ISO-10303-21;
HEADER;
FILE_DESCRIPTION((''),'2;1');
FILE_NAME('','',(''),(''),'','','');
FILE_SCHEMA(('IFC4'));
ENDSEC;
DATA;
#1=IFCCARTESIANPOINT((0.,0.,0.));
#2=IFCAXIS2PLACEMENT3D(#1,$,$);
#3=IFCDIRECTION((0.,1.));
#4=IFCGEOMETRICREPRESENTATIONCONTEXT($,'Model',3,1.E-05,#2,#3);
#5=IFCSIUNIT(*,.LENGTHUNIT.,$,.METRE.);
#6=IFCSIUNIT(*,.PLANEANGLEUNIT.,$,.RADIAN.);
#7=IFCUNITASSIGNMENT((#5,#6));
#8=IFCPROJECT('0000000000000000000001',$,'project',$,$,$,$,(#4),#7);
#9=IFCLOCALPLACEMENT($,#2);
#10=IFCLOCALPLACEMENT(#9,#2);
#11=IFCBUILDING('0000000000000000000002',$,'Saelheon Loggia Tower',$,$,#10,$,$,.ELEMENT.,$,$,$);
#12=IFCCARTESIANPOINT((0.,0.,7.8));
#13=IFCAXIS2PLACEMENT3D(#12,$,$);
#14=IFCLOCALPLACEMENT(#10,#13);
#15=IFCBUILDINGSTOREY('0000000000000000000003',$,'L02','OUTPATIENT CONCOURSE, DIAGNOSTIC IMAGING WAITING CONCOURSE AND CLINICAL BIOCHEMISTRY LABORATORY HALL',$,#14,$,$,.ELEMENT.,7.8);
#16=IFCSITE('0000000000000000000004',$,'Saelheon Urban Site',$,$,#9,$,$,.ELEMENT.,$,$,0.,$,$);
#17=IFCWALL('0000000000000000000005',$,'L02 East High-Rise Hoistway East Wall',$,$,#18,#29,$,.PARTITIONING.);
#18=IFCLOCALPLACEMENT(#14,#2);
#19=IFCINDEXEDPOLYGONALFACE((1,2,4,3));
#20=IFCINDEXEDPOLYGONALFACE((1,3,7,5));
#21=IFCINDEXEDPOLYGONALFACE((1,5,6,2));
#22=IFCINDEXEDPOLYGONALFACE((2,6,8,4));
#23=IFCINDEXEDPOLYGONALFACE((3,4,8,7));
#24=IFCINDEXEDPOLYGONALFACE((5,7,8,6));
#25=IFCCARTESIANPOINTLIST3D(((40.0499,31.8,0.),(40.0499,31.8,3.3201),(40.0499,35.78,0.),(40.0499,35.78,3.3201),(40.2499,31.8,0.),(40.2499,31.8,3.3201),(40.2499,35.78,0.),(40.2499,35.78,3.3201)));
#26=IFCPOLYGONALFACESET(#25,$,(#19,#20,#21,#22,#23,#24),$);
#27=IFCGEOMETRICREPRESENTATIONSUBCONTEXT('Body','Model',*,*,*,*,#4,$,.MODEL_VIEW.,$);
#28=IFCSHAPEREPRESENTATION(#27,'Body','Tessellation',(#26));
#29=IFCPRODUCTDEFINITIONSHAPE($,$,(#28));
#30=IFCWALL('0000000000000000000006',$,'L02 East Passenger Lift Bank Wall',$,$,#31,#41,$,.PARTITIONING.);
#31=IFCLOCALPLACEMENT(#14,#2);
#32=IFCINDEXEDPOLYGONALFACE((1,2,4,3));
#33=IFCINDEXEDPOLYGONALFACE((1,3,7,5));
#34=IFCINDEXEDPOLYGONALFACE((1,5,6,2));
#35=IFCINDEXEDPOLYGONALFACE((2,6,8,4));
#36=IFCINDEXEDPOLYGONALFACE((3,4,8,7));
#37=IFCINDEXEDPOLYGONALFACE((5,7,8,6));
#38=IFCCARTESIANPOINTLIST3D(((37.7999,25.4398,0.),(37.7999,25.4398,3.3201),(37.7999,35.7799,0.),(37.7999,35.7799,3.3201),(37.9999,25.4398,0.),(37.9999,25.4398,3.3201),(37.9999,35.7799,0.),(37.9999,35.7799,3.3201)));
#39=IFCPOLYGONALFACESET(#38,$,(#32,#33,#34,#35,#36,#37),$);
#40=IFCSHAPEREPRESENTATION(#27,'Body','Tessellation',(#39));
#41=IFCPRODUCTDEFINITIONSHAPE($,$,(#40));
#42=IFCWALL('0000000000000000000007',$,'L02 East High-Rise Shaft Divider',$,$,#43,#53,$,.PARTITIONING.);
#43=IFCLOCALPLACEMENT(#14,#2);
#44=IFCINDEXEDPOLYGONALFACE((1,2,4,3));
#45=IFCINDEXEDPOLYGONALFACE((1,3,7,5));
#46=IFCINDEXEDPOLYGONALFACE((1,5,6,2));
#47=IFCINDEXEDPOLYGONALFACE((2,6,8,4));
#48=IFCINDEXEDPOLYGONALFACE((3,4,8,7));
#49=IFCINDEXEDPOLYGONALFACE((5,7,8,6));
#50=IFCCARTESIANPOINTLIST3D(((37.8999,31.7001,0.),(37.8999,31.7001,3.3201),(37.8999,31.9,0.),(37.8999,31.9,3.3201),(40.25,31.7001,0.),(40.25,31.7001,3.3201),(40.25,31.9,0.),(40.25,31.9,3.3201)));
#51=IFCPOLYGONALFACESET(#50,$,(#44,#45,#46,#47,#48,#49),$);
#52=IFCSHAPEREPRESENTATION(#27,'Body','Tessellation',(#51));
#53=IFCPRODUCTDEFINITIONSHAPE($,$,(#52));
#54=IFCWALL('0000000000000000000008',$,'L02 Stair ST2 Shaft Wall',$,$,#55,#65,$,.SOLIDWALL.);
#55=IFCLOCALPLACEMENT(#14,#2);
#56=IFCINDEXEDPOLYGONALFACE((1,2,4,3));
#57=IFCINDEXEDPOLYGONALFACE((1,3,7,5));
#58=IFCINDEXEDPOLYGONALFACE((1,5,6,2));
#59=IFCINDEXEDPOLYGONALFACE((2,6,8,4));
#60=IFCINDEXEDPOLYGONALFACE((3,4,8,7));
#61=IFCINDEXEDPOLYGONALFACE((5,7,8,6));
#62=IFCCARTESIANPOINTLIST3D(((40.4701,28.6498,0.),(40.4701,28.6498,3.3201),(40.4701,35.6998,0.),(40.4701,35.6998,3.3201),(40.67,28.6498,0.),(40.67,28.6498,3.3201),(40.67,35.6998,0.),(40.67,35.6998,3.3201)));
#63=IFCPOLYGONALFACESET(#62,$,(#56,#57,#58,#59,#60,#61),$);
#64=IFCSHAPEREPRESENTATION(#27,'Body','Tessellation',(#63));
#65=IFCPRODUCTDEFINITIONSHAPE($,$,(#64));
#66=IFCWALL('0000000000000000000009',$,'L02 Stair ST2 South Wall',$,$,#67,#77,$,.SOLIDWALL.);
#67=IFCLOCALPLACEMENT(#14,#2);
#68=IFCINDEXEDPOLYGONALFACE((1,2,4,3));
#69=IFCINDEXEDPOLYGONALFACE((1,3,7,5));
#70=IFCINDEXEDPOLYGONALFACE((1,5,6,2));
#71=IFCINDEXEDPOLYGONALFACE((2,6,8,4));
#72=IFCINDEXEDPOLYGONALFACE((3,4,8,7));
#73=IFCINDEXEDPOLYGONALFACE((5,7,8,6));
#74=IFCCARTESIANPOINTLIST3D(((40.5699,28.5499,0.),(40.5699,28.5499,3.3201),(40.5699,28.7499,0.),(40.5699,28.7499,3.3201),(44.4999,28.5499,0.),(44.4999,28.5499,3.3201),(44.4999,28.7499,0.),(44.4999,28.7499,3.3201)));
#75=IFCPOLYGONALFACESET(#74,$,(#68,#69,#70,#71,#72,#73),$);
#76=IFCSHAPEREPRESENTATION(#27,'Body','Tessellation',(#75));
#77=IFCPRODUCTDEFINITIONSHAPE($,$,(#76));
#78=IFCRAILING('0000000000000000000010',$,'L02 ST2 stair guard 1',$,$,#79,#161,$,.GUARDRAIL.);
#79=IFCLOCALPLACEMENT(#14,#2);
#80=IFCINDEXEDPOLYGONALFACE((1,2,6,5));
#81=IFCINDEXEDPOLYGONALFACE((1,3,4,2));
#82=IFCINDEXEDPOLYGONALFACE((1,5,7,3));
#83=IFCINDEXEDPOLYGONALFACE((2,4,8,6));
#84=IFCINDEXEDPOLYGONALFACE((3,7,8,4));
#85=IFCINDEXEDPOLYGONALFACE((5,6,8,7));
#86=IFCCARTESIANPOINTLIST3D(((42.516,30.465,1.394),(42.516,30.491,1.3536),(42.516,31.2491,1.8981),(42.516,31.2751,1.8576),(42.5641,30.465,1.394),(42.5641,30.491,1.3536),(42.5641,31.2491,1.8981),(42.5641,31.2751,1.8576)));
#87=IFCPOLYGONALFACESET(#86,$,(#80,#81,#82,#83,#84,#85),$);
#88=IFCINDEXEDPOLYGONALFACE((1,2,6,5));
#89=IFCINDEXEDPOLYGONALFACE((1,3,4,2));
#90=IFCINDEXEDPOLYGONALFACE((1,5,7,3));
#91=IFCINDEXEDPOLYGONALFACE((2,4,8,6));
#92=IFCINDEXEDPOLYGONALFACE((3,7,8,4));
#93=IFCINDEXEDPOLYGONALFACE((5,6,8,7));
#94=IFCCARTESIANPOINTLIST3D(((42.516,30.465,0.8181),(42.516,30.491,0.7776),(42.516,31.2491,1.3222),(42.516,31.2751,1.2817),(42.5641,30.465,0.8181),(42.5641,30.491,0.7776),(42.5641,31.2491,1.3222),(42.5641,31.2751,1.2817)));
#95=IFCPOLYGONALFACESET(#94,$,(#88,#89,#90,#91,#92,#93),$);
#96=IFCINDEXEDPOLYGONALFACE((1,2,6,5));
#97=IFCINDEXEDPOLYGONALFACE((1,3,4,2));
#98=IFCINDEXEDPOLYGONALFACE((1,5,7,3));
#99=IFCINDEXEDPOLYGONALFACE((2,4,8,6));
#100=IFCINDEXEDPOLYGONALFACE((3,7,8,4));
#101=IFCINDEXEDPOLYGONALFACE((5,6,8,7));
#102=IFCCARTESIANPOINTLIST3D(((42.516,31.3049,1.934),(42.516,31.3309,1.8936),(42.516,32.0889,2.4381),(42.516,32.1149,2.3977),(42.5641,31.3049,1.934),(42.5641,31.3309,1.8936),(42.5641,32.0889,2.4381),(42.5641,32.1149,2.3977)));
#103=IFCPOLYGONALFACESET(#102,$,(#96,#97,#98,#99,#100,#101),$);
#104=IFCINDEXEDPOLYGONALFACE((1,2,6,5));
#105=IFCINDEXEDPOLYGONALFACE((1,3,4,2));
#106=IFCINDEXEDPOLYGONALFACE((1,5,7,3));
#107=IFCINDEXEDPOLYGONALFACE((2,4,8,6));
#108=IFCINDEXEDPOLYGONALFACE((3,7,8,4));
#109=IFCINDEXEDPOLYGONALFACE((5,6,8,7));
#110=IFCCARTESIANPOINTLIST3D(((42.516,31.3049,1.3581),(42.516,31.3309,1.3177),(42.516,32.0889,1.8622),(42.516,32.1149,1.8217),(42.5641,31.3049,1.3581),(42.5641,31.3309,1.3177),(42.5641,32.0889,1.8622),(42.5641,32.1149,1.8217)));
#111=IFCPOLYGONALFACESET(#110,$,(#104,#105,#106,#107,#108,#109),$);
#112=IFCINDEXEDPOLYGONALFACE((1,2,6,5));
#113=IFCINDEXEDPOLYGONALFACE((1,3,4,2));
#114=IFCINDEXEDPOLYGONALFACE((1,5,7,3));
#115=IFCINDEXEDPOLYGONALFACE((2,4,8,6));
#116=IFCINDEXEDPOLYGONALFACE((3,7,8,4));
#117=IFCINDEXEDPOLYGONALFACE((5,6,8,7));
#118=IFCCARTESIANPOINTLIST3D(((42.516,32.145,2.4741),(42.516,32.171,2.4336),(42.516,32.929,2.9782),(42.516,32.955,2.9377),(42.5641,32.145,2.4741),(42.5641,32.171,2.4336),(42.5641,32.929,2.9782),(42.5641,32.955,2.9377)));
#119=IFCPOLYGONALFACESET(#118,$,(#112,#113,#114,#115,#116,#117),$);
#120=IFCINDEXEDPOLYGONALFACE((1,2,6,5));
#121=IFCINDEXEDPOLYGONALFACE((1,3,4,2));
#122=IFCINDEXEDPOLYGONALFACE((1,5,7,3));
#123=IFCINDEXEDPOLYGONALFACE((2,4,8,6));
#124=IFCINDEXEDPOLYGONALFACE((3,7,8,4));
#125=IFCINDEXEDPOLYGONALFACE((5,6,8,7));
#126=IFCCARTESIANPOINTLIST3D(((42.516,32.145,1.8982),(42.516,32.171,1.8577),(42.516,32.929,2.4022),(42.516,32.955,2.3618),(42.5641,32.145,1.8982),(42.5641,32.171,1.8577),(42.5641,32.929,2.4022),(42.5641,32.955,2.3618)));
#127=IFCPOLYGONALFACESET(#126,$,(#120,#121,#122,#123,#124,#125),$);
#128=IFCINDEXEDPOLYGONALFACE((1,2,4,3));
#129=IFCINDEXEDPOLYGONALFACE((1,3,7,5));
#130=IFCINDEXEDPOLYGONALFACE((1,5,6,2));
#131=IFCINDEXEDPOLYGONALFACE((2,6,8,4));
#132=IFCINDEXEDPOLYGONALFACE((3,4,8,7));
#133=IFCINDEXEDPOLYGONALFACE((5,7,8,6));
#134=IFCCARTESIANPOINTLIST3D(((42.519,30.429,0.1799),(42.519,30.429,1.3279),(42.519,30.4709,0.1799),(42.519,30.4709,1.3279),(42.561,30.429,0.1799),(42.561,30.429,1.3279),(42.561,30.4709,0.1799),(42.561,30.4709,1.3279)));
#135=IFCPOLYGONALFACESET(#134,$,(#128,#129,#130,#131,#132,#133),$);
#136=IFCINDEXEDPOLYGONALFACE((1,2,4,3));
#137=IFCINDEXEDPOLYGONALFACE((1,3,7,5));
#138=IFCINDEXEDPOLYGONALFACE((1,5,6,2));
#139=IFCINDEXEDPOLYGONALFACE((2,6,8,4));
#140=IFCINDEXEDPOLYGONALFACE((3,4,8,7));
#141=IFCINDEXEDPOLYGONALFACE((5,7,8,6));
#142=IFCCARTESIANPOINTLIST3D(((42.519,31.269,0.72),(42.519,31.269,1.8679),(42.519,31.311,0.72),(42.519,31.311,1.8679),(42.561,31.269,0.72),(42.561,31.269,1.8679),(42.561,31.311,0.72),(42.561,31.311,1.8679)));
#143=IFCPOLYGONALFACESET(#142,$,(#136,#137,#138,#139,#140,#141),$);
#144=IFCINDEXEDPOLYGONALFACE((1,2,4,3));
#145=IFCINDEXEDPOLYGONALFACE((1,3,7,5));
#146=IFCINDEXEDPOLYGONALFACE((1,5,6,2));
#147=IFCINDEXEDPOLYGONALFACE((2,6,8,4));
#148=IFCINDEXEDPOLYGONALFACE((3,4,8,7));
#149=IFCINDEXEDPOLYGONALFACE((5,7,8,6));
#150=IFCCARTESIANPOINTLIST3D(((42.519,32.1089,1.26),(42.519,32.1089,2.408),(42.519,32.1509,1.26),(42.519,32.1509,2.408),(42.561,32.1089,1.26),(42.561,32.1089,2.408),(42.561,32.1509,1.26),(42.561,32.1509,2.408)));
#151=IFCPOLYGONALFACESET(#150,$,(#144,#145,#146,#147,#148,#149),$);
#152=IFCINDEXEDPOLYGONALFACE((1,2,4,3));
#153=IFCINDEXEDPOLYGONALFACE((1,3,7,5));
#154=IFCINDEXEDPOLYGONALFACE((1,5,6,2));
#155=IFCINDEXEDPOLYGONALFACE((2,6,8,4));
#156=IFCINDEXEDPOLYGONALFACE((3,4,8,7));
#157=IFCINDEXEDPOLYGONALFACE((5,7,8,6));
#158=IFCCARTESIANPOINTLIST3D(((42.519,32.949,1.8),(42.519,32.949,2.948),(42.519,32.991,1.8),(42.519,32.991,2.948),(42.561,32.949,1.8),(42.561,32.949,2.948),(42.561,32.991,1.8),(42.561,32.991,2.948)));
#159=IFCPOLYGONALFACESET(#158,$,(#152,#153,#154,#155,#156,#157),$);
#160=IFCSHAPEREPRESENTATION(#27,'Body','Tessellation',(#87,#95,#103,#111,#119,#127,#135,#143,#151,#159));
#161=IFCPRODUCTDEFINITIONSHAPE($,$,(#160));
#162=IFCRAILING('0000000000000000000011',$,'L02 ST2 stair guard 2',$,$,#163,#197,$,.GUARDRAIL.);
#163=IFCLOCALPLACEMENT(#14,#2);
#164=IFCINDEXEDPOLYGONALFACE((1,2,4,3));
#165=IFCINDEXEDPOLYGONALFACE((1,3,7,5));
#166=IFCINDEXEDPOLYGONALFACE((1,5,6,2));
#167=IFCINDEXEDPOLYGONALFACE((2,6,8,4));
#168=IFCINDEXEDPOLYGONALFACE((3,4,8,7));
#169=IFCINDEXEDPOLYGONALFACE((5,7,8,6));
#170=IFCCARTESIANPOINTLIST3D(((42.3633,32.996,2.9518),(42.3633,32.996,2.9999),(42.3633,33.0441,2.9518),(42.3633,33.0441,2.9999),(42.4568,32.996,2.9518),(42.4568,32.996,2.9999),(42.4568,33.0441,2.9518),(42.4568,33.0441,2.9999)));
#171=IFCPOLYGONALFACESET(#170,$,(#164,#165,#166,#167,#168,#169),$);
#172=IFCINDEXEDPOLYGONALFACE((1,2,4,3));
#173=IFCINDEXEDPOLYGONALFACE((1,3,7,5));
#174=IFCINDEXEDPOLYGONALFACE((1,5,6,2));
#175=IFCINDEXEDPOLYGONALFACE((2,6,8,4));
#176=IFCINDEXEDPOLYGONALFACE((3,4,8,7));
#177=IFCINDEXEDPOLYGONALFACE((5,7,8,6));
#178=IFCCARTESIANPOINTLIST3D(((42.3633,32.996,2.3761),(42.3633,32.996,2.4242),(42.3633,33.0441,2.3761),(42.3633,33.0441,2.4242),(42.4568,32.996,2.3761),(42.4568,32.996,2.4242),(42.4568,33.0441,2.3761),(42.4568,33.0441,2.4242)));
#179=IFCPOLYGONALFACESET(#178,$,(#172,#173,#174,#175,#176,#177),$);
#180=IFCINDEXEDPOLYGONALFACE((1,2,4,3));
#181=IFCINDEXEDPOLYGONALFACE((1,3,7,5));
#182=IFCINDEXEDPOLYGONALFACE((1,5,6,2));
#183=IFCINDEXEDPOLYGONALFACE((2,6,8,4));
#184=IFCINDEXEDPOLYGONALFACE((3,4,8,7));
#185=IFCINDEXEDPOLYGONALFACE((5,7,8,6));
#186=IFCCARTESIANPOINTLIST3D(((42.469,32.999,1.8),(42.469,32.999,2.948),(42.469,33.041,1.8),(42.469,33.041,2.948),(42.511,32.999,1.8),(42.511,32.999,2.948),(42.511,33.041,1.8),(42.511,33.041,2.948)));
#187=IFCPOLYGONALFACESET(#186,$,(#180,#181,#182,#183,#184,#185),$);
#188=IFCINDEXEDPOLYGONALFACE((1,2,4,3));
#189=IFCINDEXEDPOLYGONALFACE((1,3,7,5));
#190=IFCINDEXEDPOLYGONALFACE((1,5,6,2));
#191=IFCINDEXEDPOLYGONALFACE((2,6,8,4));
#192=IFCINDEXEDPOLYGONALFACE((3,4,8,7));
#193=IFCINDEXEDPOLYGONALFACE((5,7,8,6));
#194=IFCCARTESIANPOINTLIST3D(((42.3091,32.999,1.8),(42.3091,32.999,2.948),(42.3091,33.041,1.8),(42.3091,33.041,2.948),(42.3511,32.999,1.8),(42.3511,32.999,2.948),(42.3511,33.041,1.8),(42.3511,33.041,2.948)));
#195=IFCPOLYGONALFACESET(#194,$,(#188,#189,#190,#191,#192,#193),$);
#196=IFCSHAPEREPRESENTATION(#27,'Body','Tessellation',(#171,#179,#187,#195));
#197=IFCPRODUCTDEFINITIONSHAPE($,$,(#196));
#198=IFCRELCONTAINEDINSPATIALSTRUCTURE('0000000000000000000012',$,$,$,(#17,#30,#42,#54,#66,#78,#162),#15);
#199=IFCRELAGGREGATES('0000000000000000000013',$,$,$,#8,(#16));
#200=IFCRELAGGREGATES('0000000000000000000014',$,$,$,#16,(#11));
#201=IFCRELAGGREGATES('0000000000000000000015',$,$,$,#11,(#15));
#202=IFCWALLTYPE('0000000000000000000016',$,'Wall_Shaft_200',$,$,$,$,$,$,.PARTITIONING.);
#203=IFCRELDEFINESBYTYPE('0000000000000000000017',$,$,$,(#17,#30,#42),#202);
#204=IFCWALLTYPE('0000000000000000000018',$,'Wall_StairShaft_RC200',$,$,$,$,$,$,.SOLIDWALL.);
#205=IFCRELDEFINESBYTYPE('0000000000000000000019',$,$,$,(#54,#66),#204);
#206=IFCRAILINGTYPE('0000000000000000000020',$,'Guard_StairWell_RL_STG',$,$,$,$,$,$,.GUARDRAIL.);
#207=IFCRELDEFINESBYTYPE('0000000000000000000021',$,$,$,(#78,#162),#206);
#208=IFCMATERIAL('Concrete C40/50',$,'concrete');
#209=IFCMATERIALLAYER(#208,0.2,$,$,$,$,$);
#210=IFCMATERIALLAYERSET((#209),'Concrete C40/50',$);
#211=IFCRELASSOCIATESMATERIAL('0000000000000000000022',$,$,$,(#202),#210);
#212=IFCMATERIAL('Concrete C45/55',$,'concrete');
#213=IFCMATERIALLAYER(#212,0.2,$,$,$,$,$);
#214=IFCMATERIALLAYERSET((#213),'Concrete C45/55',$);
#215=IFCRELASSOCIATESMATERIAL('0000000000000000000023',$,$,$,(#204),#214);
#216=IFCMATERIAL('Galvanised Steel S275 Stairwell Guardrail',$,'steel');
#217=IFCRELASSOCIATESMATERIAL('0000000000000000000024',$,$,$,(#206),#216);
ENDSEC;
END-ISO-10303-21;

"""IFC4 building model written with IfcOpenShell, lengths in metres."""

from ifc_helpers import new_model, si_unit, direction, frame, frame_2d, origin, origin_2d, place, context, subcontext, project, spatial, rectangle, extrude, material, layer, layer_set, type_object, element, save


model = new_model("IFC4")

# Units and contexts
model_context = context("Model", 3, precision=1e-05, world=origin(), true_north=direction((0.0, 1.0)))
body_context = subcontext(model_context, "Body", "Model", "MODEL_VIEW")
ifc_project = project(units=[si_unit("LENGTHUNIT", "METRE"), si_unit("PLANEANGLEUNIT", "RADIAN")], contexts=[model_context])

# Site, building, storey
site_placement = place(None, origin())
site = spatial("IfcSite", under=ifc_project, at=site_placement, Name="Saelheon Urban Site", CompositionType="ELEMENT", RefElevation=0.0)
building_placement = place(site_placement, origin())
building = spatial("IfcBuilding", under=site, at=building_placement, Name="Saelheon Loggia Tower", CompositionType="ELEMENT")
storey_placement = place(building_placement, frame((0.0, 0.0, 7.8)))
storey = spatial("IfcBuildingStorey", under=building, at=storey_placement, Name="L02", Description="OUTPATIENT CONCOURSE, DIAGNOSTIC IMAGING WAITING CONCOURSE AND CLINICAL BIOCHEMISTRY LABORATORY HALL", CompositionType="ELEMENT", Elevation=7.8)

# Shared definitions
ifc_material_1 = material(Name="Concrete C45/55", Category="concrete")

# Walls
ifc_material_2 = material(Name="Concrete C40/50", Category="concrete")
ifc_layer_1 = layer(ifc_material_2, 0.2)
ifc_layer_set_1 = layer_set([ifc_layer_1], Name="Concrete C40/50")
wall_type_1 = type_object("IfcWallType", Name="Wall_Shaft_200", PredefinedType="PARTITIONING", material=ifc_layer_set_1)
wall_1_placement = place(storey_placement, frame((40.1499, 31.8, 0.0), z_axis=(0.0, 0.0, 1.0), x_axis=(0.0, 1.0, 0.0)))
element("IfcWall", 1, at=wall_1_placement, inside=storey, type_object=wall_type_1, Name="L02 East High-Rise Hoistway East Wall", PredefinedType="PARTITIONING", context=body_context, shape_type="SweptSolid", body=[
    extrude(rectangle(XDim=3.98, YDim=0.2, at=frame_2d((1.99, 0.0))), origin(), (0.0, 0.0, 1.0), 3.3201),
])
wall_2_placement = place(storey_placement, frame((37.8999, 25.4399, 0.0), z_axis=(0.0, 0.0, 1.0), x_axis=(0.0, 1.0, 0.0)))
element("IfcWall", 2, at=wall_2_placement, inside=storey, type_object=wall_type_1, Name="L02 East Passenger Lift Bank Wall", PredefinedType="PARTITIONING", context=body_context, shape_type="SweptSolid", body=[
    extrude(rectangle(XDim=10.3401, YDim=0.2, at=frame_2d((5.1699, 0.0))), origin(), (0.0, 0.0, 1.0), 3.3201),
])
wall_3_placement = place(storey_placement, frame((37.8999, 31.8, 0.0), z_axis=(0.0, 0.0, 1.0), x_axis=(1.0, 0.0, 0.0)))
element("IfcWall", 3, at=wall_3_placement, inside=storey, type_object=wall_type_1, Name="L02 East High-Rise Shaft Divider", PredefinedType="PARTITIONING", context=body_context, shape_type="SweptSolid", body=[
    extrude(rectangle(XDim=2.3501, YDim=0.2, at=frame_2d((1.175, 0.0))), origin(), (0.0, 0.0, 1.0), 3.3201),
])
ifc_layer_2 = layer(ifc_material_1, 0.2)
ifc_layer_set_2 = layer_set([ifc_layer_2], Name="Concrete C45/55")
wall_type_2 = type_object("IfcWallType", Name="Wall_StairShaft_RC200", PredefinedType="SOLIDWALL", material=ifc_layer_set_2)
wall_4_placement = place(storey_placement, frame((40.5701, 28.6499, 0.0), z_axis=(0.0, 0.0, 1.0), x_axis=(0.0, 1.0, 0.0)))
element("IfcWall", 4, at=wall_4_placement, inside=storey, type_object=wall_type_2, Name="L02 Stair ST2 Shaft Wall", PredefinedType="SOLIDWALL", context=body_context, shape_type="SweptSolid", body=[
    extrude(rectangle(XDim=7.05, YDim=0.2, at=frame_2d((3.5249, 0.0))), origin(), (0.0, 0.0, 1.0), 3.3201),
])
wall_5_placement = place(storey_placement, frame((40.5701, 28.6499, 0.0), z_axis=(0.0, 0.0, 1.0), x_axis=(1.0, 0.0, 0.0)))
element("IfcWall", 5, at=wall_5_placement, inside=storey, type_object=wall_type_2, Name="L02 Stair ST2 South Wall", PredefinedType="SOLIDWALL", context=body_context, shape_type="SweptSolid", body=[
    extrude(rectangle(XDim=3.9299, YDim=0.2, at=frame_2d((1.9648, 0.0))), origin(), (0.0, 0.0, 1.0), 3.3201),
])

# Railings
ifc_material_3 = material(Name="Galvanised Steel S275 Stairwell Guardrail", Category="steel")
railing_type_1 = type_object("IfcRailingType", Name="Guard_StairWell_RL_STG", PredefinedType="GUARDRAIL", material=ifc_material_3)
railing_1_placement = place(storey_placement, frame((42.54, 30.45, 0.1799)))
element("IfcRailing", 6, at=railing_1_placement, inside=storey, type_object=railing_type_1, Name="L02 ST2 stair guard 1", PredefinedType="GUARDRAIL", context=body_context, shape_type="SweptSolid", body=[
    extrude(rectangle(XDim=0.0481, YDim=0.0481, at=origin_2d()), frame((0.0, 0.0281, 1.1938), z_axis=(0.0, 0.841163, 0.540782), x_axis=(-1.0, 0.0, 0.0)), (0.0, 0.0, 1.0), 0.9321),
    extrude(rectangle(XDim=0.0481, YDim=0.0481, at=origin_2d()), frame((0.0, 0.0281, 0.6179), z_axis=(0.0, 0.841163, 0.540782), x_axis=(-1.0, 0.0, 0.0)), (0.0, 0.0, 1.0), 0.9321),
    extrude(rectangle(XDim=0.0481, YDim=0.0481, at=origin_2d()), frame((0.0, 0.8679, 1.7339), z_axis=(0.0, 0.841163, 0.540782), x_axis=(-1.0, 0.0, 0.0)), (0.0, 0.0, 1.0), 0.9321),
    extrude(rectangle(XDim=0.0481, YDim=0.0481, at=origin_2d()), frame((0.0, 0.8679, 1.158), z_axis=(0.0, 0.841163, 0.540782), x_axis=(-1.0, 0.0, 0.0)), (0.0, 0.0, 1.0), 0.9321),
    extrude(rectangle(XDim=0.0481, YDim=0.0481, at=origin_2d()), frame((0.0, 1.708, 2.2739), z_axis=(0.0, 0.841163, 0.540782), x_axis=(-1.0, 0.0, 0.0)), (0.0, 0.0, 1.0), 0.9321),
    extrude(rectangle(XDim=0.0481, YDim=0.0481, at=origin_2d()), frame((0.0, 1.708, 1.698), z_axis=(0.0, 0.841163, 0.540782), x_axis=(-1.0, 0.0, 0.0)), (0.0, 0.0, 1.0), 0.9321),
    extrude(rectangle(XDim=0.042, YDim=0.042, at=origin_2d()), origin(), (0.0, 0.0, 1.0), 1.1479),
    extrude(rectangle(XDim=0.042, YDim=0.042, at=origin_2d()), frame((0.0, 0.8401, 0.54)), (0.0, 0.0, 1.0), 1.1479),
    extrude(rectangle(XDim=0.042, YDim=0.042, at=origin_2d()), frame((0.0, 1.6799, 1.0801)), (0.0, 0.0, 1.0), 1.1479),
    extrude(rectangle(XDim=0.042, YDim=0.042, at=origin_2d()), frame((0.0, 2.52, 1.6201)), (0.0, 0.0, 1.0), 1.1479),
])
railing_2_placement = place(storey_placement, frame((42.49, 33.02, 1.8)))
element("IfcRailing", 7, at=railing_2_placement, inside=storey, type_object=railing_type_1, Name="L02 ST2 stair guard 2", PredefinedType="GUARDRAIL", context=body_context, shape_type="SweptSolid", body=[
    extrude(rectangle(XDim=0.0481, YDim=0.0481, at=origin_2d()), frame((-0.0332, 0.0, 1.1758), z_axis=(-1.0, 0.0, 0.0), x_axis=(0.0, -1.0, 0.0)), (0.0, 0.0, 1.0), 0.0935),
    extrude(rectangle(XDim=0.0481, YDim=0.0481, at=origin_2d()), frame((-0.0332, 0.0, 0.6001), z_axis=(-1.0, 0.0, 0.0), x_axis=(0.0, -1.0, 0.0)), (0.0, 0.0, 1.0), 0.0935),
    extrude(rectangle(XDim=0.042, YDim=0.042, at=origin_2d()), origin(), (0.0, 0.0, 1.0), 1.1479),
    extrude(rectangle(XDim=0.042, YDim=0.042, at=origin_2d()), frame((-0.1599, 0.0, 0.0)), (0.0, 0.0, 1.0), 1.1479),
])

save(model, "model.ifc")
